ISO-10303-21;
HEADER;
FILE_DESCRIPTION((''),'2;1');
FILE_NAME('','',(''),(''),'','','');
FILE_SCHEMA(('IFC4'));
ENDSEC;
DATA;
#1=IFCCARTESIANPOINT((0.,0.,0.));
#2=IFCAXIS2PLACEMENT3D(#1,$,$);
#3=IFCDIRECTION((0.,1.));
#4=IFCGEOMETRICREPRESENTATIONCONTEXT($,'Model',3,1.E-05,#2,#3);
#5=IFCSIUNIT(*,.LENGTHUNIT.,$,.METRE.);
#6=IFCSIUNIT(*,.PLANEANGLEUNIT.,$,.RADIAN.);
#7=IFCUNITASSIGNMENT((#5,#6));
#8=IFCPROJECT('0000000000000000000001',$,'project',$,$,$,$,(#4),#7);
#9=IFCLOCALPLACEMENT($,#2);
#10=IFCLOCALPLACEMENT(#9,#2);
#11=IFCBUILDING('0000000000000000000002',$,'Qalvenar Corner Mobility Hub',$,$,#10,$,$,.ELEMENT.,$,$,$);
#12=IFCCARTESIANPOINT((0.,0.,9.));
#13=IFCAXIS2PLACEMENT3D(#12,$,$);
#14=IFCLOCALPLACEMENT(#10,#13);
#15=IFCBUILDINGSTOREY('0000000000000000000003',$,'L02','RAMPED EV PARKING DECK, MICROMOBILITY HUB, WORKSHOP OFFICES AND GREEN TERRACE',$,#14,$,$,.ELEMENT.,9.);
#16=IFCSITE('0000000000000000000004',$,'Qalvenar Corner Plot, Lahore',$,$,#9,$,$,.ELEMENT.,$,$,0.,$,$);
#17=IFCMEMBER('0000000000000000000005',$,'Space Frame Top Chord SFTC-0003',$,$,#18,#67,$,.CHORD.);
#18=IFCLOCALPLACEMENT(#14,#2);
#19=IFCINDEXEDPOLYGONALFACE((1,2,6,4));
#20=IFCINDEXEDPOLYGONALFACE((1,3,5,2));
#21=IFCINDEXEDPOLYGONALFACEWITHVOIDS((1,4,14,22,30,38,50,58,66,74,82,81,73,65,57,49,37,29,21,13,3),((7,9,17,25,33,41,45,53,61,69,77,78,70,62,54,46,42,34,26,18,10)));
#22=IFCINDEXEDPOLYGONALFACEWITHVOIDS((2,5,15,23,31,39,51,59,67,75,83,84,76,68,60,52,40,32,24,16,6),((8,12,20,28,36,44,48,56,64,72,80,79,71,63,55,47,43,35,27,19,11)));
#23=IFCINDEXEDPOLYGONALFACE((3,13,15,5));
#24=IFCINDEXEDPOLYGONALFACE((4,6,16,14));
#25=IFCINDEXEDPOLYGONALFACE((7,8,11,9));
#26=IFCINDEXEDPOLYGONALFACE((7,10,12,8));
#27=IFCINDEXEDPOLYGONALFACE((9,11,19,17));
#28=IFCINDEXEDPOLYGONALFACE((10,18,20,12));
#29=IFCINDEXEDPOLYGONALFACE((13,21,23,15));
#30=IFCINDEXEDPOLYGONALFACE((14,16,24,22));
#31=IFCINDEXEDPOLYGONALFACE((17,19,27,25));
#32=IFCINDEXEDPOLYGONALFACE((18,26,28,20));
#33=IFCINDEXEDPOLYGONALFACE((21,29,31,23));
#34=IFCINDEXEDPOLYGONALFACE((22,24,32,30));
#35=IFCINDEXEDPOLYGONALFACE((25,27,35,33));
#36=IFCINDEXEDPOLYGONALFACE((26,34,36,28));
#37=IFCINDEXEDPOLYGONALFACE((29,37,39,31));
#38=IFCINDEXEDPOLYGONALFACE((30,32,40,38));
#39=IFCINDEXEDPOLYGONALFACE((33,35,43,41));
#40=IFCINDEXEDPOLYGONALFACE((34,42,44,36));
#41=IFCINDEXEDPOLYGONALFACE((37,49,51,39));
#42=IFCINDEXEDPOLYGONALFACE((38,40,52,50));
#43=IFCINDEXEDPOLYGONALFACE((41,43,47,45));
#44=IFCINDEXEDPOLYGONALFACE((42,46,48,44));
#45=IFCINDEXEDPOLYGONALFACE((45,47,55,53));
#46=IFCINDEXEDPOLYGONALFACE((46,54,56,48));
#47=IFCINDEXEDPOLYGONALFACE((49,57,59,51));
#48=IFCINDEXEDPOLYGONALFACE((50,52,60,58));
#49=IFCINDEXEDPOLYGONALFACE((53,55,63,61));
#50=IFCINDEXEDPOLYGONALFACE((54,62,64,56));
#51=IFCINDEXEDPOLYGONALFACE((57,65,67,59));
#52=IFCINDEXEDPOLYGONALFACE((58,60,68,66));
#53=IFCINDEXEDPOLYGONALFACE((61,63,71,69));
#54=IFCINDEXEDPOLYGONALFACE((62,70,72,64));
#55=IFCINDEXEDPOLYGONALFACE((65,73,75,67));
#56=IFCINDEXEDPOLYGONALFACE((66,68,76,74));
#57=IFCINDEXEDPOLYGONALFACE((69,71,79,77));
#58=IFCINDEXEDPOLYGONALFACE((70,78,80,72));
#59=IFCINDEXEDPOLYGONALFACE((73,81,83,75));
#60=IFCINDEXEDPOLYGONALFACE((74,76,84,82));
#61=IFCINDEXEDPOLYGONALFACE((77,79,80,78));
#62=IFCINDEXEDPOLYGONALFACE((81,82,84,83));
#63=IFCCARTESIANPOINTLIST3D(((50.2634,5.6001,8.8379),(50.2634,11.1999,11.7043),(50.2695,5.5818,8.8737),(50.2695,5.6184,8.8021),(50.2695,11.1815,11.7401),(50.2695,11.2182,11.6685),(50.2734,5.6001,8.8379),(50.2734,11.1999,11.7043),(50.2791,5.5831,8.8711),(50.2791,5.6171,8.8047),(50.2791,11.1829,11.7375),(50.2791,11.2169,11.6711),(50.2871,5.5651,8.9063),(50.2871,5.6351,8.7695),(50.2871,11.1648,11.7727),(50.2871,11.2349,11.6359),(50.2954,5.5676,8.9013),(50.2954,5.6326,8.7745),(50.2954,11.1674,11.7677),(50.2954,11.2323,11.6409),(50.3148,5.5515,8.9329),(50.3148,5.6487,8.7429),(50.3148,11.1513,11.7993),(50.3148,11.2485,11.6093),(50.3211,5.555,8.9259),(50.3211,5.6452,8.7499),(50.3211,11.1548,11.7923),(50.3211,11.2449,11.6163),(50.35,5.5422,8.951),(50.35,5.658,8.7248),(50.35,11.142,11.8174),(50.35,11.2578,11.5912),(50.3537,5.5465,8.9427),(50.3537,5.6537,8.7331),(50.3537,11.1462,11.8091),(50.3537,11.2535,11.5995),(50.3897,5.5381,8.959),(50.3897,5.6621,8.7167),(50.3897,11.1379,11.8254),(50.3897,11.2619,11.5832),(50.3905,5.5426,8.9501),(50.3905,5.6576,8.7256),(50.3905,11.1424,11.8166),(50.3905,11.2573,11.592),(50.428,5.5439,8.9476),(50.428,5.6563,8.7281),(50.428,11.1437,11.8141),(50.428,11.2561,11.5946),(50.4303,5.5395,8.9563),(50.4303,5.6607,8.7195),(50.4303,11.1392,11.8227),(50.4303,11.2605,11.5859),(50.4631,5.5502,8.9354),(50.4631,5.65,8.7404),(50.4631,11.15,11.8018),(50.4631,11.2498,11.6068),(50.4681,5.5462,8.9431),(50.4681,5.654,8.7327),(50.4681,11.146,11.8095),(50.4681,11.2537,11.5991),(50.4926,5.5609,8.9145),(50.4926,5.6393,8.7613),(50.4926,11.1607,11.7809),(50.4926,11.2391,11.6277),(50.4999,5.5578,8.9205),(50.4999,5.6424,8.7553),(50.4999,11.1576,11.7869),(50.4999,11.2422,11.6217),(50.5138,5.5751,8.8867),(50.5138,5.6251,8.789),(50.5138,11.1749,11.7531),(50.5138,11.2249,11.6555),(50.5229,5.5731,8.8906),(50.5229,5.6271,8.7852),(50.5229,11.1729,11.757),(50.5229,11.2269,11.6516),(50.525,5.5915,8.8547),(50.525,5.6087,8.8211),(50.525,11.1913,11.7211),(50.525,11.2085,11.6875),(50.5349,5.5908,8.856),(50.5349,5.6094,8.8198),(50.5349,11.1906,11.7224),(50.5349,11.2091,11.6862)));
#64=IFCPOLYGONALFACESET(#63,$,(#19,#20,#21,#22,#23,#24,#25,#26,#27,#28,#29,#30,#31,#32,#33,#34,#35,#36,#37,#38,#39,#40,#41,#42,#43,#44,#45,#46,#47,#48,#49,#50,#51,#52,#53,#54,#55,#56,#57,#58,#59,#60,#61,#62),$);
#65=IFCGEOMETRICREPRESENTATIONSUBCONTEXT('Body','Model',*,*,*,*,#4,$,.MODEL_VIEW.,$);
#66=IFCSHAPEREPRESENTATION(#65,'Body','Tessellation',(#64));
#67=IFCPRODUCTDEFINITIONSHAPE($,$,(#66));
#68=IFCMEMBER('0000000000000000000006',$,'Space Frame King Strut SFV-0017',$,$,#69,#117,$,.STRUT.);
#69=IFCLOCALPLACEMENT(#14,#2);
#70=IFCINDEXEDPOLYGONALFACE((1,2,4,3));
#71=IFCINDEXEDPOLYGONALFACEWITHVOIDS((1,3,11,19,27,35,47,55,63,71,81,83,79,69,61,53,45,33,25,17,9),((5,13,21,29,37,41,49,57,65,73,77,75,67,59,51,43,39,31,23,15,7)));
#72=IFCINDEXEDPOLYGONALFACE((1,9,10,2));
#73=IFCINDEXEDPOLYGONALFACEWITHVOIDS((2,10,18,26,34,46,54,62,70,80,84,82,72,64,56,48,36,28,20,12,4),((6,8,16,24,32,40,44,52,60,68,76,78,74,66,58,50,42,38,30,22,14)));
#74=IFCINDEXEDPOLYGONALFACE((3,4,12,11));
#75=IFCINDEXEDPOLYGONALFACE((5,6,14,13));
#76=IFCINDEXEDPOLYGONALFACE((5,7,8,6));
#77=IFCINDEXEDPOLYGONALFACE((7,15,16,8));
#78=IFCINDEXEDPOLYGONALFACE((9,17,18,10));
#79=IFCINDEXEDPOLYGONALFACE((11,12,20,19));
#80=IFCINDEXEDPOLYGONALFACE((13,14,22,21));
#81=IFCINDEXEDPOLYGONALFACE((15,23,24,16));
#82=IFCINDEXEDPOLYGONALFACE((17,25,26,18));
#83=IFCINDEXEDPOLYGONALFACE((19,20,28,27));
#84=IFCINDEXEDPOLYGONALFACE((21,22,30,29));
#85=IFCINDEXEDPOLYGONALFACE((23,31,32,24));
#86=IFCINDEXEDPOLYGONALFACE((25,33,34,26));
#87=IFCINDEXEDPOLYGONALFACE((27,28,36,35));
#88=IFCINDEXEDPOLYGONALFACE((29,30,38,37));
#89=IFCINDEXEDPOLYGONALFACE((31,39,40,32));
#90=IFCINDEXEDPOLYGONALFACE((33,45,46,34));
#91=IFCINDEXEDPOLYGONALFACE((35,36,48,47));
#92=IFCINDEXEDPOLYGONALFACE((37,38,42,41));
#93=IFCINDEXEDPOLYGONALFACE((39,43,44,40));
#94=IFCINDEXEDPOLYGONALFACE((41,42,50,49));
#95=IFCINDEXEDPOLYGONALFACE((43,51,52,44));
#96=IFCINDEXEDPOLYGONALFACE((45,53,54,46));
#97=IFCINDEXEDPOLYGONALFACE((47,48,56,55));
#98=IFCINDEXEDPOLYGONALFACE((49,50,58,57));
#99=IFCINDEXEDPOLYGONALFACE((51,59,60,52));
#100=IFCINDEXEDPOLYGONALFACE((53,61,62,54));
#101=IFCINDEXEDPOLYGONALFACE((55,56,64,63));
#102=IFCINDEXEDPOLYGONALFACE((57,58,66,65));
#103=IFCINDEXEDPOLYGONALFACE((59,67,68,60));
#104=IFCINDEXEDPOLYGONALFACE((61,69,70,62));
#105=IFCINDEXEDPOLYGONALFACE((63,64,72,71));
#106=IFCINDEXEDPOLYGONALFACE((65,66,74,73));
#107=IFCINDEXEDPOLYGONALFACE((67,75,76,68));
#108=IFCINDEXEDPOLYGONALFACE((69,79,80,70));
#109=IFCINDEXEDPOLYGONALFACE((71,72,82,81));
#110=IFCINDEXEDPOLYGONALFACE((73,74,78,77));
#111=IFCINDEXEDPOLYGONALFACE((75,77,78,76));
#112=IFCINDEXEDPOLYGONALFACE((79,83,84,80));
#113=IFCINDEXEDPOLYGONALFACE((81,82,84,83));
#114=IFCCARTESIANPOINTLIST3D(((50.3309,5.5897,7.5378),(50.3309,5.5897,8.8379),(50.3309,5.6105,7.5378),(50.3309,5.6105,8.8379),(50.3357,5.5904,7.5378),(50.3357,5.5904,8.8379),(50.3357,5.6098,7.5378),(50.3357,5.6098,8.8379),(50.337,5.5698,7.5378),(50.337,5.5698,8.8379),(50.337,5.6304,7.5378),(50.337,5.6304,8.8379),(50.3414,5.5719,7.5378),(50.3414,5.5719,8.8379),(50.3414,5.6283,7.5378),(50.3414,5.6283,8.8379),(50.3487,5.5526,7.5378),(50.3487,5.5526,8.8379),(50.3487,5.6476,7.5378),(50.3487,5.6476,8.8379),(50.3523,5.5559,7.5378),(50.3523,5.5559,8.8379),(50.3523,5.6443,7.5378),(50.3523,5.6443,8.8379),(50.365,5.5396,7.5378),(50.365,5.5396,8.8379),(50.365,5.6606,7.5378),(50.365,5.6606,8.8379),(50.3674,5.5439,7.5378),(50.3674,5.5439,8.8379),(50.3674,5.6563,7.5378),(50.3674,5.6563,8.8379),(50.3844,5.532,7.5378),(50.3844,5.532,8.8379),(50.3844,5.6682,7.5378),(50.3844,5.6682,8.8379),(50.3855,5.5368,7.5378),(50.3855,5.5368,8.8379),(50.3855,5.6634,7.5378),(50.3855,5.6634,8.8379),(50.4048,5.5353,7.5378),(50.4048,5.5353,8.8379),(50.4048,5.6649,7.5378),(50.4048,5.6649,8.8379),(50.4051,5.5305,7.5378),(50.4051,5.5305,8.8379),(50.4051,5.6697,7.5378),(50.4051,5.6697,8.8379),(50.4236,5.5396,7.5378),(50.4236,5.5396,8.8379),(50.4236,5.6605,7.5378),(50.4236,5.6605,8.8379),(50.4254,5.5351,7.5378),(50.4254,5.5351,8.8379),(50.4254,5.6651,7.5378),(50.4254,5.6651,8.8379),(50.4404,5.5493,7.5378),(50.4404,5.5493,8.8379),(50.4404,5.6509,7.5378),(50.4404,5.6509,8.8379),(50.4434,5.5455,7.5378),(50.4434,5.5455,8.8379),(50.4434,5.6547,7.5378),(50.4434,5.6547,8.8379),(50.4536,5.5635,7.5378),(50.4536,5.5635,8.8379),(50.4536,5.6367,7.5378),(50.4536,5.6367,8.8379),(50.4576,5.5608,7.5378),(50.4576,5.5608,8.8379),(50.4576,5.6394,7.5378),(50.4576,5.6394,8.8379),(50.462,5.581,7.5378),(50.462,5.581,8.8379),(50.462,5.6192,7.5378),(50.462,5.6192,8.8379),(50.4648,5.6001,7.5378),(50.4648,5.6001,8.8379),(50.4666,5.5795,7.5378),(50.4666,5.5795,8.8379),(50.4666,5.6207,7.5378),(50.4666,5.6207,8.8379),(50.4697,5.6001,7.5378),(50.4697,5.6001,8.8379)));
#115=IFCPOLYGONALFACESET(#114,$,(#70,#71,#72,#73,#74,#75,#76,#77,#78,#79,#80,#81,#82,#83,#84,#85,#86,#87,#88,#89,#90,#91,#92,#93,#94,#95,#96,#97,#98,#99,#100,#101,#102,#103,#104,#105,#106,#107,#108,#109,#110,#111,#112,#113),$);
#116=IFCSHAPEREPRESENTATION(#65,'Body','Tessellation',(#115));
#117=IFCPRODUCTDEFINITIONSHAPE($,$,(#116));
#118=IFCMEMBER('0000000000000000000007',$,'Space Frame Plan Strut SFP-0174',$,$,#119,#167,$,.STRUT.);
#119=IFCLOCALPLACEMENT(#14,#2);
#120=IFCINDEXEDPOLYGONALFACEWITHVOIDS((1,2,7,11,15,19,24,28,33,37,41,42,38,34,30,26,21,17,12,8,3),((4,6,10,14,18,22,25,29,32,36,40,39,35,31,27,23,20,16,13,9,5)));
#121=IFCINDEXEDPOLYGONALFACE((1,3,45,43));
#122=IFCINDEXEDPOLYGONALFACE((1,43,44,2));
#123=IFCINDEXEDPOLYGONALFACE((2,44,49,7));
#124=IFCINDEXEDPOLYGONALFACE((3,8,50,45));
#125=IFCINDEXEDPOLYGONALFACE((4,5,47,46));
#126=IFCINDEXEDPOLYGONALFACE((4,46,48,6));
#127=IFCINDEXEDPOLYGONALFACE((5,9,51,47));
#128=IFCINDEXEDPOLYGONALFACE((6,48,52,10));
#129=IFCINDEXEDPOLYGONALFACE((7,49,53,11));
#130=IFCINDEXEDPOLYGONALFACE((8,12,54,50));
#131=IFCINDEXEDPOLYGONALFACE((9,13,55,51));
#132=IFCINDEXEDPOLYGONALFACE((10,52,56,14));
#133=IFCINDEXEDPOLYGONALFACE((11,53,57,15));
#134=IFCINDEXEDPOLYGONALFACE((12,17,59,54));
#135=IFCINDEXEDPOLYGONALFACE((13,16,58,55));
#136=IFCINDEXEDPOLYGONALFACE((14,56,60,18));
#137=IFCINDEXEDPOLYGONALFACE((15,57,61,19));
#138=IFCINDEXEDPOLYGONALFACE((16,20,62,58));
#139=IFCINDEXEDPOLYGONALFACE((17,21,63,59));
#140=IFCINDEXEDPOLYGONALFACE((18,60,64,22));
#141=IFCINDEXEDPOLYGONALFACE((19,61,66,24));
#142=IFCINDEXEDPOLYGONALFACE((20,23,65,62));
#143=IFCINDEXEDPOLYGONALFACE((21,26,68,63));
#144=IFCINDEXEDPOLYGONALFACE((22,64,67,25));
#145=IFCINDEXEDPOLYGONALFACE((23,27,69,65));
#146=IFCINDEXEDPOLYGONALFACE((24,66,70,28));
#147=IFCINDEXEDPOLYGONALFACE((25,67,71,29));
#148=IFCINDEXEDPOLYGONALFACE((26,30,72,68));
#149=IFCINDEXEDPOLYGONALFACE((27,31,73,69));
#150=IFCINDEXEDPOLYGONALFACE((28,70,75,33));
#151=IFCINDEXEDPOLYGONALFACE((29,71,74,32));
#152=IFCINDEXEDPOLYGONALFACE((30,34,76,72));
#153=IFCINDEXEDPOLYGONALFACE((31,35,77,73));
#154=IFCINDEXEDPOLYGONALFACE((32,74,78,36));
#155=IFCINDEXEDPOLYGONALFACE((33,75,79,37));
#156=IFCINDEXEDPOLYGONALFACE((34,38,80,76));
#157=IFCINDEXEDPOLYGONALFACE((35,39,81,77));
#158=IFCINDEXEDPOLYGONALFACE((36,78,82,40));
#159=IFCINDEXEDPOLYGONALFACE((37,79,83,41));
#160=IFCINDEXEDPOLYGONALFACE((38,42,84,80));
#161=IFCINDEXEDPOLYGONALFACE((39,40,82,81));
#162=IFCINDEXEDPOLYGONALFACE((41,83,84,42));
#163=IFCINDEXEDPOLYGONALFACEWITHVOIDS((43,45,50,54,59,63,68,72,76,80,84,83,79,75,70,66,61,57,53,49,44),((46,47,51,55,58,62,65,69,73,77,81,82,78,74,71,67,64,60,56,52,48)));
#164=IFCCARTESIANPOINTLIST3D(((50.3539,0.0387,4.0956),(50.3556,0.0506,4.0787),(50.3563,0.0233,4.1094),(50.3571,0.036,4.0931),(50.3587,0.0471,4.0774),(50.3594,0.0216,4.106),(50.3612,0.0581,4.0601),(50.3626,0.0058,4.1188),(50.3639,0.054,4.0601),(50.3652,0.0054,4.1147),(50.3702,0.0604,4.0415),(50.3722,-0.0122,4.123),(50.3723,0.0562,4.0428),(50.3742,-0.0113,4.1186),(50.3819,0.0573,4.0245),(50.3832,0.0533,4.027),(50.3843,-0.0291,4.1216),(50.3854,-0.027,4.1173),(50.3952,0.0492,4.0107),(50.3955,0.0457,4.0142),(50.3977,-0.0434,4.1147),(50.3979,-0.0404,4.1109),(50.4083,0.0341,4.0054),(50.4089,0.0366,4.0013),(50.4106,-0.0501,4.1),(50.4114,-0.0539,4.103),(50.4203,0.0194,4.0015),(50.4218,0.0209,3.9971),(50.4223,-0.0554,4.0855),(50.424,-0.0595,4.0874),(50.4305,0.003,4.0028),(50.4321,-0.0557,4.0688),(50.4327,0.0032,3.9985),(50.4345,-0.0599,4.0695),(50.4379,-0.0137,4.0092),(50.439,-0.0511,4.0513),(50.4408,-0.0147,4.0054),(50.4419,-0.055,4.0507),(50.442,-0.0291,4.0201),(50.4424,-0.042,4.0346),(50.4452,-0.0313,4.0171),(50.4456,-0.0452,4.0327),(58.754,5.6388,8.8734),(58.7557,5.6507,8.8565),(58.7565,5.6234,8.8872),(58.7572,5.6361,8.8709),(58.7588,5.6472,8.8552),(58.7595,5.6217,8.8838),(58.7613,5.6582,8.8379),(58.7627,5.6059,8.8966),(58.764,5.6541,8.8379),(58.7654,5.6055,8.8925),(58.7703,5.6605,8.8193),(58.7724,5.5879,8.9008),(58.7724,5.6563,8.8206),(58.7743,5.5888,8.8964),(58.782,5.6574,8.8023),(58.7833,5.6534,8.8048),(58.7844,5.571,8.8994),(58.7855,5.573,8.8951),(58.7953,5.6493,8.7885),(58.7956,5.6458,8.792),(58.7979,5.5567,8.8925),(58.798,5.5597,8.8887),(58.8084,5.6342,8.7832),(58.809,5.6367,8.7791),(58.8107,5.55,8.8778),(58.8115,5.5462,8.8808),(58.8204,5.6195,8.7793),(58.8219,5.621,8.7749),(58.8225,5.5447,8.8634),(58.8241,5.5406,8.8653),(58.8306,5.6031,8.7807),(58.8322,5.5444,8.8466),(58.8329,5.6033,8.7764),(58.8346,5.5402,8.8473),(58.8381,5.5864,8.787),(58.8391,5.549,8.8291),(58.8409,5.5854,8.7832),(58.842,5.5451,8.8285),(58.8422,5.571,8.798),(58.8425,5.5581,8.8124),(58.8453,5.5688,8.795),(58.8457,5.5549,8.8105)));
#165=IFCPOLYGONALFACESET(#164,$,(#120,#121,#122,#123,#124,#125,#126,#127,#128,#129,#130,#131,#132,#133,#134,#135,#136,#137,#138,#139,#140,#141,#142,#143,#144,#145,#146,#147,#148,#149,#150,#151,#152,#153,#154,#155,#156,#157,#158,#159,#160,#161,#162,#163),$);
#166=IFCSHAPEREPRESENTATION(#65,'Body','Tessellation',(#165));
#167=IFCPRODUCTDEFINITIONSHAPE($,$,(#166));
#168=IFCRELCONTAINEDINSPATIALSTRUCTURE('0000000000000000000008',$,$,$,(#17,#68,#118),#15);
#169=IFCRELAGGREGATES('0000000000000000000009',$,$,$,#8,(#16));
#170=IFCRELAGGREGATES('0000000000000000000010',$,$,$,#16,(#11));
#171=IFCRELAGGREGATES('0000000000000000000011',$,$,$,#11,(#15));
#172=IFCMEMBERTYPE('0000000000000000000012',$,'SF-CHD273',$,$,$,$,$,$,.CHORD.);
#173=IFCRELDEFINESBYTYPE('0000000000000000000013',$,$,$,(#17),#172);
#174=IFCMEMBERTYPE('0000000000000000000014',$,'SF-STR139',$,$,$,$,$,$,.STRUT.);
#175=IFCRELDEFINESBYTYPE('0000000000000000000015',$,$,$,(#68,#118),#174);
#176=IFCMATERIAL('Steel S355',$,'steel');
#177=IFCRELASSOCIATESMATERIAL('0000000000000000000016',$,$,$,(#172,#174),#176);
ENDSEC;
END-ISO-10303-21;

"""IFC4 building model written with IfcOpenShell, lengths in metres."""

from ifc_helpers import new_model, si_unit, direction, frame, origin, origin_2d, place, context, subcontext, project, spatial, hollow_circle, extrude, material, material_profile, profile_set, type_object, element, save


model = new_model("IFC4")

# Units and contexts
model_context = context("Model", 3, precision=1e-05, world=origin(), true_north=direction((0.0, 1.0)))
body_context = subcontext(model_context, "Body", "Model", "MODEL_VIEW")
ifc_project = project(units=[si_unit("LENGTHUNIT", "METRE"), si_unit("PLANEANGLEUNIT", "RADIAN")], contexts=[model_context])

# Site, building, storey
site_placement = place(None, origin())
site = spatial("IfcSite", under=ifc_project, at=site_placement, Name="Qalvenar Corner Plot, Lahore", CompositionType="ELEMENT", RefElevation=0.0)
building_placement = place(site_placement, origin())
building = spatial("IfcBuilding", under=site, at=building_placement, Name="Qalvenar Corner Mobility Hub", CompositionType="ELEMENT")
storey_placement = place(building_placement, frame((0.0, 0.0, 9.0)))
storey = spatial("IfcBuildingStorey", under=building, at=storey_placement, Name="L02", Description="RAMPED EV PARKING DECK, MICROMOBILITY HUB, WORKSHOP OFFICES AND GREEN TERRACE", CompositionType="ELEMENT", Elevation=9.0)

# Members
ifc_material_1 = material(Name="Steel S355", Category="steel")
ifc_material_profile_1 = material_profile(ifc_material_1, hollow_circle(Radius=0.1365, WallThickness=0.01, at=origin_2d()), Name="CHS273x10")
ifc_profile_set_1 = profile_set([ifc_material_profile_1], Name="Steel S355")
member_type_1 = type_object("IfcMemberType", Name="SF-CHD273", PredefinedType="CHORD", material=ifc_profile_set_1)
member_1_placement = place(storey_placement, frame((50.3999, 5.6001, 8.8379), z_axis=(0.0, 0.890157, 0.455654), x_axis=(-1.0, 0.0, 0.0)))
element("IfcMember", 1, at=member_1_placement, inside=storey, type_object=member_type_1, Name="Space Frame Top Chord SFTC-0003", PredefinedType="CHORD", context=body_context, shape_type="SweptSolid", body=[
    extrude(hollow_circle(Radius=0.1365, WallThickness=0.01, at=origin_2d()), origin(), (0.0, 0.0, 1.0), 6.2908),
])
ifc_material_profile_2 = material_profile(ifc_material_1, hollow_circle(Radius=0.0698, WallThickness=0.0049, at=origin_2d()), Name="CHS139.7x5")
ifc_profile_set_2 = profile_set([ifc_material_profile_2], Name="Steel S355")
member_type_2 = type_object("IfcMemberType", Name="SF-STR139", PredefinedType="STRUT", material=ifc_profile_set_2)
member_2_placement = place(storey_placement, frame((50.3999, 5.6001, 7.5378), z_axis=(0.0, 0.0, 1.0), x_axis=(1.0, 0.0, 0.0)))
element("IfcMember", 2, at=member_2_placement, inside=storey, type_object=member_type_2, Name="Space Frame King Strut SFV-0017", PredefinedType="STRUT", context=body_context, shape_type="SweptSolid", body=[
    extrude(hollow_circle(Radius=0.0698, WallThickness=0.0049, at=origin_2d()), origin(), (0.0, 0.0, 1.0), 1.3),
])
member_3_placement = place(storey_placement, frame((50.3999, 0.0, 4.0601), z_axis=(0.752081, 0.501387, 0.427768), x_axis=(-0.5547, 0.83205, 0.0)))
element("IfcMember", 3, at=member_3_placement, inside=storey, type_object=member_type_2, Name="Space Frame Plan Strut SFP-0174", PredefinedType="STRUT", context=body_context, shape_type="SweptSolid", body=[
    extrude(hollow_circle(Radius=0.0698, WallThickness=0.0049, at=origin_2d()), origin(), (0.0, 0.0, 1.0), 11.1692),
])

save(model, "model.ifc")
